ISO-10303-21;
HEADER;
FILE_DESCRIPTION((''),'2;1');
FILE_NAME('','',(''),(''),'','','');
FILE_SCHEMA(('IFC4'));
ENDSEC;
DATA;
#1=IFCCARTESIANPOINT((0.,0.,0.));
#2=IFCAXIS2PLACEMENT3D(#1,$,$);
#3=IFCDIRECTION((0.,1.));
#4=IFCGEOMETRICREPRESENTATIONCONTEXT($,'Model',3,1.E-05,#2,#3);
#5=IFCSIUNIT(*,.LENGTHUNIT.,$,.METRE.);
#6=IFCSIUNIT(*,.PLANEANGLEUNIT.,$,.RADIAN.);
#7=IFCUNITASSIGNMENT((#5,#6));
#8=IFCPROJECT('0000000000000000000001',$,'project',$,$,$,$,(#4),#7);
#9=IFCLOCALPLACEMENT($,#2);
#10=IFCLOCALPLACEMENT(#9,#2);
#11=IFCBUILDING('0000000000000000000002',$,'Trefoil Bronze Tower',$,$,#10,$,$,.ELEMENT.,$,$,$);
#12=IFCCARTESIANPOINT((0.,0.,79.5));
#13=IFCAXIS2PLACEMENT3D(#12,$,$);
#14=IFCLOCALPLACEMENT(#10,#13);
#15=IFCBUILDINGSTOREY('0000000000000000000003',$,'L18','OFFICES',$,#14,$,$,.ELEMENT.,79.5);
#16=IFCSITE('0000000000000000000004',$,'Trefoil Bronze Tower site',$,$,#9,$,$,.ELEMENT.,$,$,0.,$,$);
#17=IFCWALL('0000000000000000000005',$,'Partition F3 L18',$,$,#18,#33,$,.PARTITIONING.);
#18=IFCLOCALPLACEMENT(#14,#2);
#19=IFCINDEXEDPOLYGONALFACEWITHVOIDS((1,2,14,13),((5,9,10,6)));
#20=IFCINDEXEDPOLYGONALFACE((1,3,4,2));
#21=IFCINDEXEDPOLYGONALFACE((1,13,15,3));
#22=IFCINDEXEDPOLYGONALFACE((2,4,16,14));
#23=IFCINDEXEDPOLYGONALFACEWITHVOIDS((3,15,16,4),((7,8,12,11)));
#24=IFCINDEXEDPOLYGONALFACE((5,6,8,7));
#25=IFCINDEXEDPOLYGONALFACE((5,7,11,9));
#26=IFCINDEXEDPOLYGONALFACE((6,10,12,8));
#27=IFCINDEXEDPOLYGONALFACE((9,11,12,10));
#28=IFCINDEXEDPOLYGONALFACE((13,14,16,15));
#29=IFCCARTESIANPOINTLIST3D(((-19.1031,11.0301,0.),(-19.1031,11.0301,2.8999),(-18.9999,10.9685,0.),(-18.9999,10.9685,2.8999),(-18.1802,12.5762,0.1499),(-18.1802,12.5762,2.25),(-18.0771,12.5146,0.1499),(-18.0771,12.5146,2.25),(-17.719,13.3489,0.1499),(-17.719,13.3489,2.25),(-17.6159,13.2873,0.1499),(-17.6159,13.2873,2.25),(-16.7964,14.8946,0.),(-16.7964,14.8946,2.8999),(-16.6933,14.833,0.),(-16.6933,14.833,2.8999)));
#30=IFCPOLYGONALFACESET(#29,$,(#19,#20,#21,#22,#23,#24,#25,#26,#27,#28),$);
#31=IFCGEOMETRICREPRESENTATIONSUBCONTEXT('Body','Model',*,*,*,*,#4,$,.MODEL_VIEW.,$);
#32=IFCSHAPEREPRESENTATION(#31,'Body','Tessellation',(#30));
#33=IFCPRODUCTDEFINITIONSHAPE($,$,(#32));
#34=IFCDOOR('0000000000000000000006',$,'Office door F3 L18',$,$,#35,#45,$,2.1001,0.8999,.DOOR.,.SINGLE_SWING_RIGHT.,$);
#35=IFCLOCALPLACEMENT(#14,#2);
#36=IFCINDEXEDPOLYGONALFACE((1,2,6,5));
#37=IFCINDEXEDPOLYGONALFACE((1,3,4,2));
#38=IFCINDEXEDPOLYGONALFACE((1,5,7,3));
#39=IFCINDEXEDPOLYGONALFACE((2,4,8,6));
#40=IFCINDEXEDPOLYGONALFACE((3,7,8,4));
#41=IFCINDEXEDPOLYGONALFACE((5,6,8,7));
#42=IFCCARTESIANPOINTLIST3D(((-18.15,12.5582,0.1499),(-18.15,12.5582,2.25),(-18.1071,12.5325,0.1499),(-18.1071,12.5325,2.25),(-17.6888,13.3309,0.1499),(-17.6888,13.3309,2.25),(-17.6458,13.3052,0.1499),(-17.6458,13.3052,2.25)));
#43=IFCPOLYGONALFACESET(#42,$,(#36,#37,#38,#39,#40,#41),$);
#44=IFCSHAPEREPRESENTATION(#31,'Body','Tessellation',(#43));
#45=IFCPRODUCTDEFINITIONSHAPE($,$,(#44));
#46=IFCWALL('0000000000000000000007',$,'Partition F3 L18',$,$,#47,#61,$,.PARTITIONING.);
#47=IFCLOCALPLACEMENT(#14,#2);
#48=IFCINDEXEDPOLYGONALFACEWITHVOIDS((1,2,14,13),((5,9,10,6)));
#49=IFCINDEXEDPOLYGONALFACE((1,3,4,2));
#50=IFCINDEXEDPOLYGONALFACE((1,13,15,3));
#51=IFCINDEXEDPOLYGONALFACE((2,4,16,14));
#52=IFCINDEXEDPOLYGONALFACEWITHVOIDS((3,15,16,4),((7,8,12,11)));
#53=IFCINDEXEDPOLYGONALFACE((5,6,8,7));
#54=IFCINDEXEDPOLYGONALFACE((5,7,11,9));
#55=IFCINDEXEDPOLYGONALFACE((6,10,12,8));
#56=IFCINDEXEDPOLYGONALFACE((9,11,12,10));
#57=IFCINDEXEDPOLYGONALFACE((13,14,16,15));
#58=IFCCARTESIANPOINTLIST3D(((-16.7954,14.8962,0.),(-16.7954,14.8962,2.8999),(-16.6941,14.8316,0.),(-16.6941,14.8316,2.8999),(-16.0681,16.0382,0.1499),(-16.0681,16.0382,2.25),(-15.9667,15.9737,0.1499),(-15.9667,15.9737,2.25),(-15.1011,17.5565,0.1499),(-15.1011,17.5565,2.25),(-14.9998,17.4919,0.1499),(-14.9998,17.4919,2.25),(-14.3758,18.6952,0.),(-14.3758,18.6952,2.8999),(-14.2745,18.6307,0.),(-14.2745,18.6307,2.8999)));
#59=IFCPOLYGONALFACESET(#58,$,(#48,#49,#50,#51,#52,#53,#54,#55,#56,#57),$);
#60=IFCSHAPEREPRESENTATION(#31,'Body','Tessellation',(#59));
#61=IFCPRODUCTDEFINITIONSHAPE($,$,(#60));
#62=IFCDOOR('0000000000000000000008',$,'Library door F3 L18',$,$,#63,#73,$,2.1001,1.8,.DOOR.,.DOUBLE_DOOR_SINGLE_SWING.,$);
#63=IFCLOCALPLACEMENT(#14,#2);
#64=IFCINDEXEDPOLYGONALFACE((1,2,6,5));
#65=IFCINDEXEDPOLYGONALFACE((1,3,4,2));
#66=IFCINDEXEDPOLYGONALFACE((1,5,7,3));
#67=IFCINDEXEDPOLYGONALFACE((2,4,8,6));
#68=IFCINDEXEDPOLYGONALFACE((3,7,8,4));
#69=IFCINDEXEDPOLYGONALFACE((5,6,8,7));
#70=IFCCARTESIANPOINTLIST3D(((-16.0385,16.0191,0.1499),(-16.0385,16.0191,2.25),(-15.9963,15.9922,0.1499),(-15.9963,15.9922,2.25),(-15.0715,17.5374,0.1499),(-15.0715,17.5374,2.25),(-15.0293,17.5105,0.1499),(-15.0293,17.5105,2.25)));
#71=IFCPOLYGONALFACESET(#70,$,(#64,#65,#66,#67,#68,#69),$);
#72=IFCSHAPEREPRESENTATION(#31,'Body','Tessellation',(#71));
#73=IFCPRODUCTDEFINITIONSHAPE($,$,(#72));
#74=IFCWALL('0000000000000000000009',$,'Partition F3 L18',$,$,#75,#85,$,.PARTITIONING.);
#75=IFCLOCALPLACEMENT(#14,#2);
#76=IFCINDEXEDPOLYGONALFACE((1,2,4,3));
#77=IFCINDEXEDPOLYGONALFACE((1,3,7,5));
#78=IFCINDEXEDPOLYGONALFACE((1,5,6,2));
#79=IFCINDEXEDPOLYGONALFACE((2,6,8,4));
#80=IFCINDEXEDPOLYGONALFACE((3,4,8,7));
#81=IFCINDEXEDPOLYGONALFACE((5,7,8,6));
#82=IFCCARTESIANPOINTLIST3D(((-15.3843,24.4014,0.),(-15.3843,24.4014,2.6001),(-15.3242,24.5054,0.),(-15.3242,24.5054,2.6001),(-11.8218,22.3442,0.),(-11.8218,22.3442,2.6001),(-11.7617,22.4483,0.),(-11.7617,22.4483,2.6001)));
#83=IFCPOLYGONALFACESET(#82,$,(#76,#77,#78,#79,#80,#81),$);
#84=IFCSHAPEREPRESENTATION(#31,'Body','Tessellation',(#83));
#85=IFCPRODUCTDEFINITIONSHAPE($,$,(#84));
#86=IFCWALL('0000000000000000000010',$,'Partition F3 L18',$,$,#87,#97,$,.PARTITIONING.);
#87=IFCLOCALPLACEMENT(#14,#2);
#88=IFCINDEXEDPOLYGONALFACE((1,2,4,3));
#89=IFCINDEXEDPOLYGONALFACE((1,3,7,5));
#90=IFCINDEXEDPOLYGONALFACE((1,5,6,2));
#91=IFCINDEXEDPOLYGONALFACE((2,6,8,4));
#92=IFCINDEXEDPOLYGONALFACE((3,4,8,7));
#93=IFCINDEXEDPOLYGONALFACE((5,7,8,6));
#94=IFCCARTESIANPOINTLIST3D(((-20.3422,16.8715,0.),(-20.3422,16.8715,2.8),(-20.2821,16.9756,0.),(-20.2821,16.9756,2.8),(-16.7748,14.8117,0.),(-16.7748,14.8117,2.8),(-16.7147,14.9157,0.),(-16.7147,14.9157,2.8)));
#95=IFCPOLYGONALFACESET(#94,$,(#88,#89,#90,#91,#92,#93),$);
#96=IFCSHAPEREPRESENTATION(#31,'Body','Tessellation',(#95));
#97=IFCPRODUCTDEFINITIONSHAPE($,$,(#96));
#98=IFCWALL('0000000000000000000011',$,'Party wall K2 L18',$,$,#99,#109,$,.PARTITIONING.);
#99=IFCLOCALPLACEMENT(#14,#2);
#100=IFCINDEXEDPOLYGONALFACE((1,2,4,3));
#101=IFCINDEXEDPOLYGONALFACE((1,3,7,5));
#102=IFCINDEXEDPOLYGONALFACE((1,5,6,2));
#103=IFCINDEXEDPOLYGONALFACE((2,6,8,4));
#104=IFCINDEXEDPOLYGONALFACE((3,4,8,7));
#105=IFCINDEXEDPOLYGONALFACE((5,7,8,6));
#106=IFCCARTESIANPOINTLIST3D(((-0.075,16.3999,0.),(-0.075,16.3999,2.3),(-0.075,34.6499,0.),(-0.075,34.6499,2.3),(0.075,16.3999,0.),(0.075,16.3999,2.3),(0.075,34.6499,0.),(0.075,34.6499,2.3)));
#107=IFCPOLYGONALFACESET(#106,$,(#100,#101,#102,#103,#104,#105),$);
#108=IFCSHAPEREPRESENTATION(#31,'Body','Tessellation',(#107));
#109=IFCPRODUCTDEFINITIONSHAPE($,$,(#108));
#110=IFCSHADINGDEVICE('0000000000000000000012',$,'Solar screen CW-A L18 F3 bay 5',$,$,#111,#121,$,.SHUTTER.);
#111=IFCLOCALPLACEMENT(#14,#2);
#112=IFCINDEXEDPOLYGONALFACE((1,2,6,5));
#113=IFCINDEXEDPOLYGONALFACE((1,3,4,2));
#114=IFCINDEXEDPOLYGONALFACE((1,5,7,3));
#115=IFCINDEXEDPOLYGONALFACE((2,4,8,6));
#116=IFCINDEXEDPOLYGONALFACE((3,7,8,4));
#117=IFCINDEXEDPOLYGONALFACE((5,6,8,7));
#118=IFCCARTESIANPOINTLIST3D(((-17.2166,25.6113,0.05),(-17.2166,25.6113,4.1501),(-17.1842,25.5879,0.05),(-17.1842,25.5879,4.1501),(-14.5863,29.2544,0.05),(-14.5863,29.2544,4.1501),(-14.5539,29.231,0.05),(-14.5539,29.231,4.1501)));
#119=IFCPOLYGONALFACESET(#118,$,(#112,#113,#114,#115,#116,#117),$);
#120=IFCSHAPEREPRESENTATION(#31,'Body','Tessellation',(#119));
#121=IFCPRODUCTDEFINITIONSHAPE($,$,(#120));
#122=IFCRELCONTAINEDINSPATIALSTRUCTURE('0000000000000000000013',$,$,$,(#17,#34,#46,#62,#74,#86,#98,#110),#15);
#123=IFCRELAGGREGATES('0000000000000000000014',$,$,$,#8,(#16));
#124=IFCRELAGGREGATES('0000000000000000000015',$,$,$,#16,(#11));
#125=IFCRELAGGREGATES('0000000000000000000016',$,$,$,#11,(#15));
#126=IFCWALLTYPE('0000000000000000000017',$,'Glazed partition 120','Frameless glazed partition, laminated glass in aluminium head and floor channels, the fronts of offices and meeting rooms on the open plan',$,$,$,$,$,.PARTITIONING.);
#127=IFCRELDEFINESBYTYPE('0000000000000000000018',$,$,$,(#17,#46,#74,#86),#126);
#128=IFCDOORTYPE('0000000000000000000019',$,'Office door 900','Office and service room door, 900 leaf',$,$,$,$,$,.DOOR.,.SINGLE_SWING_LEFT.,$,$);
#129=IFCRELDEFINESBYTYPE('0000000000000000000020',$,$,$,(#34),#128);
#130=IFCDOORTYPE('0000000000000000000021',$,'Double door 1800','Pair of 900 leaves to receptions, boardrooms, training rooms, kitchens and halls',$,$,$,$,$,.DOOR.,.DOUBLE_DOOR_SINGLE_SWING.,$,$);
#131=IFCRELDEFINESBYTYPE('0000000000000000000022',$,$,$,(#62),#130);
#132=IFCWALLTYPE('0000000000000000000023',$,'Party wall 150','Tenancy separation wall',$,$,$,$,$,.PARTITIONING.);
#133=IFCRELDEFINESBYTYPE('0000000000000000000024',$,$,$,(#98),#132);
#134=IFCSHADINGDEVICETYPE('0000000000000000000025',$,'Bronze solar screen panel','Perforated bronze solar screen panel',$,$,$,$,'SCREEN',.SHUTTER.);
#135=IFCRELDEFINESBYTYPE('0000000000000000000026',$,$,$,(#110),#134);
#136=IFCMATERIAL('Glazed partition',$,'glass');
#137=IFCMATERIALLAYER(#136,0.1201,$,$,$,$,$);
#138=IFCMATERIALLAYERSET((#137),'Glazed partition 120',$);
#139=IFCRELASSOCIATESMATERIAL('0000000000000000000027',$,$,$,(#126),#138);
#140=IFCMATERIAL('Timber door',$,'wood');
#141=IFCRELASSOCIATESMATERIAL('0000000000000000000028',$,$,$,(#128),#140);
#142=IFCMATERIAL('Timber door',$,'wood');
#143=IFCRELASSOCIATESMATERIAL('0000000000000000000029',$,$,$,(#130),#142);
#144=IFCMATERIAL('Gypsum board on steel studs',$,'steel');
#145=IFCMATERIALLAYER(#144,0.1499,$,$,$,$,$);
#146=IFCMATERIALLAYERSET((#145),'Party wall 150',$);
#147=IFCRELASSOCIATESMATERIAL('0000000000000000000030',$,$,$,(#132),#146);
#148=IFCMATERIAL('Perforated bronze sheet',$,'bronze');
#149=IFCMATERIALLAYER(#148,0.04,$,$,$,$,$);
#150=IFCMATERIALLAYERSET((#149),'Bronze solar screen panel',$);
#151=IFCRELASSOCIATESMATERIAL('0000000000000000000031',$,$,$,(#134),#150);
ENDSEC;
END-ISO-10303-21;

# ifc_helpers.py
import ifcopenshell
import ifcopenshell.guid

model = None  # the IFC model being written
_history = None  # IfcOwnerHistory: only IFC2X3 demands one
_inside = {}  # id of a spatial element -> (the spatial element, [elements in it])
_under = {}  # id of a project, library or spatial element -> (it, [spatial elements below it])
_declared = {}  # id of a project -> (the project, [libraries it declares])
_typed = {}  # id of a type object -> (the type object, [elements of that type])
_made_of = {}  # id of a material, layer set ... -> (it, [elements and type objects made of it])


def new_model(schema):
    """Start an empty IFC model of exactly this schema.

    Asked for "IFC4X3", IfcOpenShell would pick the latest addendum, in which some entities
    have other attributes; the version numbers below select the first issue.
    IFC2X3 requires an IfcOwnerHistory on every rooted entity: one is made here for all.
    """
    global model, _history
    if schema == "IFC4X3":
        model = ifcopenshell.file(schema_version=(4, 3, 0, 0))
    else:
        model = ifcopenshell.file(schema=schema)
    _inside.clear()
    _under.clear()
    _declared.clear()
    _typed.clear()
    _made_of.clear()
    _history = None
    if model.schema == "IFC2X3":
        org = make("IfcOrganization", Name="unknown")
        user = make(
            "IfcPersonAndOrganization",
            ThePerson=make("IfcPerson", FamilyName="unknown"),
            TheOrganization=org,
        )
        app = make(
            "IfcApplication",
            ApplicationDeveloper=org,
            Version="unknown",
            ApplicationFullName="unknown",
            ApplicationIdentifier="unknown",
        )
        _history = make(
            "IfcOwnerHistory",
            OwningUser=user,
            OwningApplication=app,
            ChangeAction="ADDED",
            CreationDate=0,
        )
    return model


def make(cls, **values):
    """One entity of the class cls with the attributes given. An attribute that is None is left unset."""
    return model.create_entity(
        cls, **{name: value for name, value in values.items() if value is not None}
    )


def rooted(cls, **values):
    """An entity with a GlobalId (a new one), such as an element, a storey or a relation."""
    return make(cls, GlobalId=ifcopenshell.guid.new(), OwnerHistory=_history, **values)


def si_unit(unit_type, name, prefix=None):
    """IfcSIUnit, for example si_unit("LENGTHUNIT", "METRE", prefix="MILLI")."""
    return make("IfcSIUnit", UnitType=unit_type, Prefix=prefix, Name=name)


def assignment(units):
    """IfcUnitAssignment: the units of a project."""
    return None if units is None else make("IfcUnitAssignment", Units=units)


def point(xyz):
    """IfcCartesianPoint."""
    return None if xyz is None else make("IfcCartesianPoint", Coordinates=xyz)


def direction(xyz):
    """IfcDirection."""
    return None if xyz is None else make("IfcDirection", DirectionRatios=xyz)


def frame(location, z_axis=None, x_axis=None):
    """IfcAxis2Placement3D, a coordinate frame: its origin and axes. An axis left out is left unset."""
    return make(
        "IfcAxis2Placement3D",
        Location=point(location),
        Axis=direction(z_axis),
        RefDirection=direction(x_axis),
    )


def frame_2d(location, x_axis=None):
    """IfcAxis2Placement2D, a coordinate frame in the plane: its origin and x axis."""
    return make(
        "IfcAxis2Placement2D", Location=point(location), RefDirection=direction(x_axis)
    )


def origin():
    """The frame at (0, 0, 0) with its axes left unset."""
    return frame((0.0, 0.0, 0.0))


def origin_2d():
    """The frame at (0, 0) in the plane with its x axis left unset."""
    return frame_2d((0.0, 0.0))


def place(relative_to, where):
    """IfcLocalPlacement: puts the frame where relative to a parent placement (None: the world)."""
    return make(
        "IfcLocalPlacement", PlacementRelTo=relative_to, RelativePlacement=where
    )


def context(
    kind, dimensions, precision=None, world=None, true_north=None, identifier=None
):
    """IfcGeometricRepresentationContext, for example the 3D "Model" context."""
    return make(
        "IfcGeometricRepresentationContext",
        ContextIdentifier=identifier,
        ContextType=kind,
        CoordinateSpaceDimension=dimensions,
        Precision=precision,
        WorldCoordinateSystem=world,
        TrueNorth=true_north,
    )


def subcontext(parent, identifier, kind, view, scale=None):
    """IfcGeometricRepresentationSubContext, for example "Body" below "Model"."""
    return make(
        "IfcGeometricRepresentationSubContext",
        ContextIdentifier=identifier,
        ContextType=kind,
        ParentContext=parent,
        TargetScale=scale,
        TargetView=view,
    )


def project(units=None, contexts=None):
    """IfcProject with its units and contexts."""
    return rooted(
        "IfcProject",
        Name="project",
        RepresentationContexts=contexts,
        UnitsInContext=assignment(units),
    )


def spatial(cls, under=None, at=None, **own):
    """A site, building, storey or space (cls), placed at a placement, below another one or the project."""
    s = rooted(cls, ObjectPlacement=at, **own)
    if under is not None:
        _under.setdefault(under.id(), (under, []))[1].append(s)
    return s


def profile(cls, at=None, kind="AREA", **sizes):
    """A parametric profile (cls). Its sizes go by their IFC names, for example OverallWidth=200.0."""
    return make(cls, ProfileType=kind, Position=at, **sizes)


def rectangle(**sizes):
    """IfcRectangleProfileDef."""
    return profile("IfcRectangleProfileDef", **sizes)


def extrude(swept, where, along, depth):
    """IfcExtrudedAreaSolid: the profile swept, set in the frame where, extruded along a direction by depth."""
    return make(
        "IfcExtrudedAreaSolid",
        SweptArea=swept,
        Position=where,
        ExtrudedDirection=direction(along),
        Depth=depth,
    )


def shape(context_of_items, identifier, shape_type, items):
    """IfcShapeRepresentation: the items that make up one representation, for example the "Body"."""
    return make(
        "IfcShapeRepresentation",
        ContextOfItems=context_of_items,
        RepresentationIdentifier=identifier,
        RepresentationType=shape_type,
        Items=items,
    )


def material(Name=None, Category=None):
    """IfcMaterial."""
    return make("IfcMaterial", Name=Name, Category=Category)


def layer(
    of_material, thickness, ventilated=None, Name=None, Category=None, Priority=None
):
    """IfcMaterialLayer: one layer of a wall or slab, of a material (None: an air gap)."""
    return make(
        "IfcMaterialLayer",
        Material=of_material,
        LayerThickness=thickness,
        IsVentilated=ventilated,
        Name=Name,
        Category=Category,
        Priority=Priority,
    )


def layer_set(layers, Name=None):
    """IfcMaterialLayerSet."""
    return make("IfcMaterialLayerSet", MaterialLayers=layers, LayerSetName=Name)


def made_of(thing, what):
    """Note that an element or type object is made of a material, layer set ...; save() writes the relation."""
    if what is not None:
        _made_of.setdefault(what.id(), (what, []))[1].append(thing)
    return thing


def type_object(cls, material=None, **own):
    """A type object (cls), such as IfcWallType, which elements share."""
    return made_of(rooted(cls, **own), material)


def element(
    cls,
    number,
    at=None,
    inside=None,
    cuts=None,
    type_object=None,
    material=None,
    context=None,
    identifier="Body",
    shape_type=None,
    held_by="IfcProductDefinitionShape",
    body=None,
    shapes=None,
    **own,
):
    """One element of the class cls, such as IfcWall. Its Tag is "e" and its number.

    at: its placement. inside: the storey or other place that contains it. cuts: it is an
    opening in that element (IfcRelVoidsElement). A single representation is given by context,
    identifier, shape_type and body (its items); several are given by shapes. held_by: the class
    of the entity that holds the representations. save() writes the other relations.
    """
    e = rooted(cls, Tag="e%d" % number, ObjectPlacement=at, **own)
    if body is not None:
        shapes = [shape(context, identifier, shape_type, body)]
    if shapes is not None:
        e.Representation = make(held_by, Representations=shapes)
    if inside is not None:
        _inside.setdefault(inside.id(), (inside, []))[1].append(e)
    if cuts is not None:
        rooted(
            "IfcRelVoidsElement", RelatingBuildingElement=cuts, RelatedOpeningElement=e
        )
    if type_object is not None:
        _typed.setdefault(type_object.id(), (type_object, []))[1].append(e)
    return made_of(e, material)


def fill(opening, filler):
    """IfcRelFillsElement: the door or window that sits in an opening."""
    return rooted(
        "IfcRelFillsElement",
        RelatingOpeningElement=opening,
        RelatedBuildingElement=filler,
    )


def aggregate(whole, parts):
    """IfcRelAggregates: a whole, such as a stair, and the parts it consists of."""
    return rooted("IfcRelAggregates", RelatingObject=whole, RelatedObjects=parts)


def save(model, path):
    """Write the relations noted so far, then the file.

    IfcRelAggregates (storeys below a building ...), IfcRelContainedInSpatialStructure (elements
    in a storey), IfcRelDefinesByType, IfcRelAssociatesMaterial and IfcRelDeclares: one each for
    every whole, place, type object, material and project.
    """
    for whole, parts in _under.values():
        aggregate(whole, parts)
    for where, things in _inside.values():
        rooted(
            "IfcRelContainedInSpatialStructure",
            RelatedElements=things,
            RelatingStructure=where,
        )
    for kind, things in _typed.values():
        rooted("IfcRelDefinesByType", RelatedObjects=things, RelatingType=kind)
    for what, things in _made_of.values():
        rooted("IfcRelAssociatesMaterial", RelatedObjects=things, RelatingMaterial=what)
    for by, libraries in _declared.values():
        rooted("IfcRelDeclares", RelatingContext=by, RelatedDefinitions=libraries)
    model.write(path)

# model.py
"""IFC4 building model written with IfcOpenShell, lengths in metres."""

from ifc_helpers import new_model, si_unit, direction, frame, frame_2d, origin, origin_2d, place, context, subcontext, project, spatial, rectangle, extrude, material, layer, layer_set, type_object, element, fill, save


model = new_model("IFC4")

# Units and contexts
model_context = context("Model", 3, precision=1e-05, world=origin(), true_north=direction((0.0, 1.0)))
body_context = subcontext(model_context, "Body", "Model", "MODEL_VIEW")
ifc_project = project(units=[si_unit("LENGTHUNIT", "METRE"), si_unit("PLANEANGLEUNIT", "RADIAN")], contexts=[model_context])

# Site, building, storey
site_placement = place(None, origin())
site = spatial("IfcSite", under=ifc_project, at=site_placement, Name="Trefoil Bronze Tower site", CompositionType="ELEMENT", RefElevation=0.0)
building_placement = place(site_placement, origin())
building = spatial("IfcBuilding", under=site, at=building_placement, Name="Trefoil Bronze Tower", CompositionType="ELEMENT")
storey_placement = place(building_placement, frame((0.0, 0.0, 79.5)))
storey = spatial("IfcBuildingStorey", under=building, at=storey_placement, Name="L18", Description="OFFICES", CompositionType="ELEMENT", Elevation=79.5)

# Shared definitions
ifc_material_1 = material(Name="Glazed partition", Category="glass")
ifc_layer_1 = layer(ifc_material_1, 0.1201)
ifc_layer_set_1 = layer_set([ifc_layer_1], Name="Glazed partition 120")
wall_type_1 = type_object("IfcWallType", Name="Glazed partition 120", Description="Frameless glazed partition, laminated glass in aluminium head and floor channels, the fronts of offices and meeting rooms on the open plan", PredefinedType="PARTITIONING", material=ifc_layer_set_1)
ifc_material_2 = material(Name="Timber door", Category="wood")
door_type_1 = type_object("IfcDoorType", Name="Office door 900", Description="Office and service room door, 900 leaf", OperationType="SINGLE_SWING_LEFT", PredefinedType="DOOR", material=ifc_material_2)

# Walls, openings, doors
wall_1_placement = place(storey_placement, frame((-16.7449, 14.8638, 0.0), z_axis=(0.0, 0.0, 1.0), x_axis=(-0.512524, -0.858673, 0.0)))
wall_1 = element("IfcWall", 1, at=wall_1_placement, inside=storey, type_object=wall_type_1, Name="Partition F3 L18", PredefinedType="PARTITIONING", context=body_context, shape_type="SweptSolid", body=[
    extrude(rectangle(XDim=4.5005, YDim=0.1201, at=frame_2d((2.2502, 0.0))), origin(), (0.0, 0.0, 1.0), 2.8999),
])
opening_1_placement = place(wall_1_placement, frame((1.8, 0.0, 0.1499)))
opening_1 = element("IfcOpeningElement", 2, at=opening_1_placement, cuts=wall_1, PredefinedType="OPENING", context=body_context, shape_type="SweptSolid", body=[
    extrude(rectangle(XDim=0.8999, YDim=2.1001, at=frame_2d((0.45, 1.05))), frame((0.0, 0.0701, 0.0), z_axis=(0.0, -1.0, 0.0), x_axis=(1.0, 0.0, 0.0)), (0.0, 0.0, 1.0), 0.1401),
])
door_1_placement = place(opening_1_placement, frame((0.8999, 0.0, 0.0), z_axis=(0.0, 0.0, 1.0), x_axis=(-1.0, 0.0, 0.0)))
door_1 = element("IfcDoor", 3, at=door_1_placement, inside=storey, type_object=door_type_1, Name="Office door F3 L18", OperationType="SINGLE_SWING_RIGHT", OverallHeight=2.1001, OverallWidth=0.8999, PredefinedType="DOOR", context=body_context, shape_type="SweptSolid", body=[
    extrude(rectangle(XDim=0.8999, YDim=2.1001, at=frame_2d((0.45, 1.05))), frame((0.0, 0.0249, 0.0), z_axis=(0.0, -1.0, 0.0), x_axis=(1.0, 0.0, 0.0)), (0.0, 0.0, 1.0), 0.05),
])
fill(opening_1, door_1)
wall_2_placement = place(storey_placement, frame((-14.3252, 18.6628, 0.0), z_axis=(0.0, 0.0, 1.0), x_axis=(-0.537205, -0.843452, 0.0)))
wall_2 = element("IfcWall", 4, at=wall_2_placement, inside=storey, type_object=wall_type_1, Name="Partition F3 L18", PredefinedType="PARTITIONING", context=body_context, shape_type="SweptSolid", body=[
    extrude(rectangle(XDim=4.5042, YDim=0.1201, at=frame_2d((2.252, 0.0))), origin(), (0.0, 0.0, 1.0), 2.8999),
])
opening_2_placement = place(wall_2_placement, frame((1.3501, 0.0, 0.1499)))
opening_2 = element("IfcOpeningElement", 5, at=opening_2_placement, cuts=wall_2, PredefinedType="OPENING", context=body_context, shape_type="SweptSolid", body=[
    extrude(rectangle(XDim=1.8, YDim=2.1001, at=frame_2d((0.8999, 1.05))), frame((0.0, 0.0701, 0.0), z_axis=(0.0, -1.0, 0.0), x_axis=(1.0, 0.0, 0.0)), (0.0, 0.0, 1.0), 0.1401),
])
ifc_material_3 = material(Name="Timber door", Category="wood")
door_type_2 = type_object("IfcDoorType", Name="Double door 1800", Description="Pair of 900 leaves to receptions, boardrooms, training rooms, kitchens and halls", OperationType="DOUBLE_DOOR_SINGLE_SWING", PredefinedType="DOOR", material=ifc_material_3)
door_2_placement = place(opening_2_placement, frame((1.8, 0.0, 0.0), z_axis=(0.0, 0.0, 1.0), x_axis=(-1.0, 0.0, 0.0)))
door_2 = element("IfcDoor", 6, at=door_2_placement, inside=storey, type_object=door_type_2, Name="Library door F3 L18", OperationType="DOUBLE_DOOR_SINGLE_SWING", OverallHeight=2.1001, OverallWidth=1.8, PredefinedType="DOOR", context=body_context, shape_type="SweptSolid", body=[
    extrude(rectangle(XDim=1.8, YDim=2.1001, at=frame_2d((0.8999, 1.05))), frame((0.0, 0.0249, 0.0), z_axis=(0.0, -1.0, 0.0), x_axis=(1.0, 0.0, 0.0)), (0.0, 0.0, 1.0), 0.05),
])
fill(opening_2, door_2)

# Walls
wall_3_placement = place(storey_placement, frame((-11.7917, 22.3962, 0.0), z_axis=(0.0, 0.0, 1.0), x_axis=(-0.865992, 0.500058, 0.0)))
element("IfcWall", 7, at=wall_3_placement, inside=storey, type_object=wall_type_1, Name="Partition F3 L18", PredefinedType="PARTITIONING", context=body_context, shape_type="SweptSolid", body=[
    extrude(rectangle(XDim=4.1138, YDim=0.1201, at=frame_2d((2.0569, 0.0))), origin(), (0.0, 0.0, 1.0), 2.6001),
])
wall_4_placement = place(storey_placement, frame((-16.7449, 14.8638, 0.0), z_axis=(0.0, 0.0, 1.0), x_axis=(-0.866006, 0.500034, 0.0)))
element("IfcWall", 8, at=wall_4_placement, inside=storey, type_object=wall_type_1, Name="Partition F3 L18", PredefinedType="PARTITIONING", context=body_context, shape_type="SweptSolid", body=[
    extrude(rectangle(XDim=4.1194, YDim=0.1201, at=frame_2d((2.0596, 0.0))), origin(), (0.0, 0.0, 1.0), 2.8),
])
ifc_material_4 = material(Name="Gypsum board on steel studs", Category="steel")
ifc_layer_2 = layer(ifc_material_4, 0.1499)
ifc_layer_set_2 = layer_set([ifc_layer_2], Name="Party wall 150")
wall_type_2 = type_object("IfcWallType", Name="Party wall 150", Description="Tenancy separation wall", PredefinedType="PARTITIONING", material=ifc_layer_set_2)
wall_5_placement = place(storey_placement, frame((0.0, 16.3999, 0.0), z_axis=(0.0, 0.0, 1.0), x_axis=(0.0, 1.0, 0.0)))
element("IfcWall", 9, at=wall_5_placement, inside=storey, type_object=wall_type_2, Name="Party wall K2 L18", PredefinedType="PARTITIONING", context=body_context, shape_type="SweptSolid", body=[
    extrude(rectangle(XDim=18.25, YDim=0.1499, at=frame_2d((9.125, 0.0))), origin(), (0.0, 0.0, 1.0), 2.3),
])

# Shading device
ifc_material_5 = material(Name="Perforated bronze sheet", Category="bronze")
ifc_layer_3 = layer(ifc_material_5, 0.04)
ifc_layer_set_3 = layer_set([ifc_layer_3], Name="Bronze solar screen panel")
shading_device_type = type_object("IfcShadingDeviceType", Name="Bronze solar screen panel", Description="Perforated bronze solar screen panel", ElementType="SCREEN", PredefinedType="SHUTTER", material=ifc_layer_set_3)
shading_device_placement = place(storey_placement, frame((-15.8853, 27.4211, 0.05), z_axis=(0.0, 0.0, 1.0), x_axis=(-0.585373, -0.810764, 0.0)))
element("IfcShadingDevice", 10, at=shading_device_placement, inside=storey, type_object=shading_device_type, Name="Solar screen CW-A L18 F3 bay 5", PredefinedType="SHUTTER", context=body_context, shape_type="SweptSolid", body=[
    extrude(rectangle(XDim=4.4934, YDim=0.04, at=origin_2d()), origin(), (0.0, 0.0, 1.0), 4.1001),
])

save(model, "model.ifc")
